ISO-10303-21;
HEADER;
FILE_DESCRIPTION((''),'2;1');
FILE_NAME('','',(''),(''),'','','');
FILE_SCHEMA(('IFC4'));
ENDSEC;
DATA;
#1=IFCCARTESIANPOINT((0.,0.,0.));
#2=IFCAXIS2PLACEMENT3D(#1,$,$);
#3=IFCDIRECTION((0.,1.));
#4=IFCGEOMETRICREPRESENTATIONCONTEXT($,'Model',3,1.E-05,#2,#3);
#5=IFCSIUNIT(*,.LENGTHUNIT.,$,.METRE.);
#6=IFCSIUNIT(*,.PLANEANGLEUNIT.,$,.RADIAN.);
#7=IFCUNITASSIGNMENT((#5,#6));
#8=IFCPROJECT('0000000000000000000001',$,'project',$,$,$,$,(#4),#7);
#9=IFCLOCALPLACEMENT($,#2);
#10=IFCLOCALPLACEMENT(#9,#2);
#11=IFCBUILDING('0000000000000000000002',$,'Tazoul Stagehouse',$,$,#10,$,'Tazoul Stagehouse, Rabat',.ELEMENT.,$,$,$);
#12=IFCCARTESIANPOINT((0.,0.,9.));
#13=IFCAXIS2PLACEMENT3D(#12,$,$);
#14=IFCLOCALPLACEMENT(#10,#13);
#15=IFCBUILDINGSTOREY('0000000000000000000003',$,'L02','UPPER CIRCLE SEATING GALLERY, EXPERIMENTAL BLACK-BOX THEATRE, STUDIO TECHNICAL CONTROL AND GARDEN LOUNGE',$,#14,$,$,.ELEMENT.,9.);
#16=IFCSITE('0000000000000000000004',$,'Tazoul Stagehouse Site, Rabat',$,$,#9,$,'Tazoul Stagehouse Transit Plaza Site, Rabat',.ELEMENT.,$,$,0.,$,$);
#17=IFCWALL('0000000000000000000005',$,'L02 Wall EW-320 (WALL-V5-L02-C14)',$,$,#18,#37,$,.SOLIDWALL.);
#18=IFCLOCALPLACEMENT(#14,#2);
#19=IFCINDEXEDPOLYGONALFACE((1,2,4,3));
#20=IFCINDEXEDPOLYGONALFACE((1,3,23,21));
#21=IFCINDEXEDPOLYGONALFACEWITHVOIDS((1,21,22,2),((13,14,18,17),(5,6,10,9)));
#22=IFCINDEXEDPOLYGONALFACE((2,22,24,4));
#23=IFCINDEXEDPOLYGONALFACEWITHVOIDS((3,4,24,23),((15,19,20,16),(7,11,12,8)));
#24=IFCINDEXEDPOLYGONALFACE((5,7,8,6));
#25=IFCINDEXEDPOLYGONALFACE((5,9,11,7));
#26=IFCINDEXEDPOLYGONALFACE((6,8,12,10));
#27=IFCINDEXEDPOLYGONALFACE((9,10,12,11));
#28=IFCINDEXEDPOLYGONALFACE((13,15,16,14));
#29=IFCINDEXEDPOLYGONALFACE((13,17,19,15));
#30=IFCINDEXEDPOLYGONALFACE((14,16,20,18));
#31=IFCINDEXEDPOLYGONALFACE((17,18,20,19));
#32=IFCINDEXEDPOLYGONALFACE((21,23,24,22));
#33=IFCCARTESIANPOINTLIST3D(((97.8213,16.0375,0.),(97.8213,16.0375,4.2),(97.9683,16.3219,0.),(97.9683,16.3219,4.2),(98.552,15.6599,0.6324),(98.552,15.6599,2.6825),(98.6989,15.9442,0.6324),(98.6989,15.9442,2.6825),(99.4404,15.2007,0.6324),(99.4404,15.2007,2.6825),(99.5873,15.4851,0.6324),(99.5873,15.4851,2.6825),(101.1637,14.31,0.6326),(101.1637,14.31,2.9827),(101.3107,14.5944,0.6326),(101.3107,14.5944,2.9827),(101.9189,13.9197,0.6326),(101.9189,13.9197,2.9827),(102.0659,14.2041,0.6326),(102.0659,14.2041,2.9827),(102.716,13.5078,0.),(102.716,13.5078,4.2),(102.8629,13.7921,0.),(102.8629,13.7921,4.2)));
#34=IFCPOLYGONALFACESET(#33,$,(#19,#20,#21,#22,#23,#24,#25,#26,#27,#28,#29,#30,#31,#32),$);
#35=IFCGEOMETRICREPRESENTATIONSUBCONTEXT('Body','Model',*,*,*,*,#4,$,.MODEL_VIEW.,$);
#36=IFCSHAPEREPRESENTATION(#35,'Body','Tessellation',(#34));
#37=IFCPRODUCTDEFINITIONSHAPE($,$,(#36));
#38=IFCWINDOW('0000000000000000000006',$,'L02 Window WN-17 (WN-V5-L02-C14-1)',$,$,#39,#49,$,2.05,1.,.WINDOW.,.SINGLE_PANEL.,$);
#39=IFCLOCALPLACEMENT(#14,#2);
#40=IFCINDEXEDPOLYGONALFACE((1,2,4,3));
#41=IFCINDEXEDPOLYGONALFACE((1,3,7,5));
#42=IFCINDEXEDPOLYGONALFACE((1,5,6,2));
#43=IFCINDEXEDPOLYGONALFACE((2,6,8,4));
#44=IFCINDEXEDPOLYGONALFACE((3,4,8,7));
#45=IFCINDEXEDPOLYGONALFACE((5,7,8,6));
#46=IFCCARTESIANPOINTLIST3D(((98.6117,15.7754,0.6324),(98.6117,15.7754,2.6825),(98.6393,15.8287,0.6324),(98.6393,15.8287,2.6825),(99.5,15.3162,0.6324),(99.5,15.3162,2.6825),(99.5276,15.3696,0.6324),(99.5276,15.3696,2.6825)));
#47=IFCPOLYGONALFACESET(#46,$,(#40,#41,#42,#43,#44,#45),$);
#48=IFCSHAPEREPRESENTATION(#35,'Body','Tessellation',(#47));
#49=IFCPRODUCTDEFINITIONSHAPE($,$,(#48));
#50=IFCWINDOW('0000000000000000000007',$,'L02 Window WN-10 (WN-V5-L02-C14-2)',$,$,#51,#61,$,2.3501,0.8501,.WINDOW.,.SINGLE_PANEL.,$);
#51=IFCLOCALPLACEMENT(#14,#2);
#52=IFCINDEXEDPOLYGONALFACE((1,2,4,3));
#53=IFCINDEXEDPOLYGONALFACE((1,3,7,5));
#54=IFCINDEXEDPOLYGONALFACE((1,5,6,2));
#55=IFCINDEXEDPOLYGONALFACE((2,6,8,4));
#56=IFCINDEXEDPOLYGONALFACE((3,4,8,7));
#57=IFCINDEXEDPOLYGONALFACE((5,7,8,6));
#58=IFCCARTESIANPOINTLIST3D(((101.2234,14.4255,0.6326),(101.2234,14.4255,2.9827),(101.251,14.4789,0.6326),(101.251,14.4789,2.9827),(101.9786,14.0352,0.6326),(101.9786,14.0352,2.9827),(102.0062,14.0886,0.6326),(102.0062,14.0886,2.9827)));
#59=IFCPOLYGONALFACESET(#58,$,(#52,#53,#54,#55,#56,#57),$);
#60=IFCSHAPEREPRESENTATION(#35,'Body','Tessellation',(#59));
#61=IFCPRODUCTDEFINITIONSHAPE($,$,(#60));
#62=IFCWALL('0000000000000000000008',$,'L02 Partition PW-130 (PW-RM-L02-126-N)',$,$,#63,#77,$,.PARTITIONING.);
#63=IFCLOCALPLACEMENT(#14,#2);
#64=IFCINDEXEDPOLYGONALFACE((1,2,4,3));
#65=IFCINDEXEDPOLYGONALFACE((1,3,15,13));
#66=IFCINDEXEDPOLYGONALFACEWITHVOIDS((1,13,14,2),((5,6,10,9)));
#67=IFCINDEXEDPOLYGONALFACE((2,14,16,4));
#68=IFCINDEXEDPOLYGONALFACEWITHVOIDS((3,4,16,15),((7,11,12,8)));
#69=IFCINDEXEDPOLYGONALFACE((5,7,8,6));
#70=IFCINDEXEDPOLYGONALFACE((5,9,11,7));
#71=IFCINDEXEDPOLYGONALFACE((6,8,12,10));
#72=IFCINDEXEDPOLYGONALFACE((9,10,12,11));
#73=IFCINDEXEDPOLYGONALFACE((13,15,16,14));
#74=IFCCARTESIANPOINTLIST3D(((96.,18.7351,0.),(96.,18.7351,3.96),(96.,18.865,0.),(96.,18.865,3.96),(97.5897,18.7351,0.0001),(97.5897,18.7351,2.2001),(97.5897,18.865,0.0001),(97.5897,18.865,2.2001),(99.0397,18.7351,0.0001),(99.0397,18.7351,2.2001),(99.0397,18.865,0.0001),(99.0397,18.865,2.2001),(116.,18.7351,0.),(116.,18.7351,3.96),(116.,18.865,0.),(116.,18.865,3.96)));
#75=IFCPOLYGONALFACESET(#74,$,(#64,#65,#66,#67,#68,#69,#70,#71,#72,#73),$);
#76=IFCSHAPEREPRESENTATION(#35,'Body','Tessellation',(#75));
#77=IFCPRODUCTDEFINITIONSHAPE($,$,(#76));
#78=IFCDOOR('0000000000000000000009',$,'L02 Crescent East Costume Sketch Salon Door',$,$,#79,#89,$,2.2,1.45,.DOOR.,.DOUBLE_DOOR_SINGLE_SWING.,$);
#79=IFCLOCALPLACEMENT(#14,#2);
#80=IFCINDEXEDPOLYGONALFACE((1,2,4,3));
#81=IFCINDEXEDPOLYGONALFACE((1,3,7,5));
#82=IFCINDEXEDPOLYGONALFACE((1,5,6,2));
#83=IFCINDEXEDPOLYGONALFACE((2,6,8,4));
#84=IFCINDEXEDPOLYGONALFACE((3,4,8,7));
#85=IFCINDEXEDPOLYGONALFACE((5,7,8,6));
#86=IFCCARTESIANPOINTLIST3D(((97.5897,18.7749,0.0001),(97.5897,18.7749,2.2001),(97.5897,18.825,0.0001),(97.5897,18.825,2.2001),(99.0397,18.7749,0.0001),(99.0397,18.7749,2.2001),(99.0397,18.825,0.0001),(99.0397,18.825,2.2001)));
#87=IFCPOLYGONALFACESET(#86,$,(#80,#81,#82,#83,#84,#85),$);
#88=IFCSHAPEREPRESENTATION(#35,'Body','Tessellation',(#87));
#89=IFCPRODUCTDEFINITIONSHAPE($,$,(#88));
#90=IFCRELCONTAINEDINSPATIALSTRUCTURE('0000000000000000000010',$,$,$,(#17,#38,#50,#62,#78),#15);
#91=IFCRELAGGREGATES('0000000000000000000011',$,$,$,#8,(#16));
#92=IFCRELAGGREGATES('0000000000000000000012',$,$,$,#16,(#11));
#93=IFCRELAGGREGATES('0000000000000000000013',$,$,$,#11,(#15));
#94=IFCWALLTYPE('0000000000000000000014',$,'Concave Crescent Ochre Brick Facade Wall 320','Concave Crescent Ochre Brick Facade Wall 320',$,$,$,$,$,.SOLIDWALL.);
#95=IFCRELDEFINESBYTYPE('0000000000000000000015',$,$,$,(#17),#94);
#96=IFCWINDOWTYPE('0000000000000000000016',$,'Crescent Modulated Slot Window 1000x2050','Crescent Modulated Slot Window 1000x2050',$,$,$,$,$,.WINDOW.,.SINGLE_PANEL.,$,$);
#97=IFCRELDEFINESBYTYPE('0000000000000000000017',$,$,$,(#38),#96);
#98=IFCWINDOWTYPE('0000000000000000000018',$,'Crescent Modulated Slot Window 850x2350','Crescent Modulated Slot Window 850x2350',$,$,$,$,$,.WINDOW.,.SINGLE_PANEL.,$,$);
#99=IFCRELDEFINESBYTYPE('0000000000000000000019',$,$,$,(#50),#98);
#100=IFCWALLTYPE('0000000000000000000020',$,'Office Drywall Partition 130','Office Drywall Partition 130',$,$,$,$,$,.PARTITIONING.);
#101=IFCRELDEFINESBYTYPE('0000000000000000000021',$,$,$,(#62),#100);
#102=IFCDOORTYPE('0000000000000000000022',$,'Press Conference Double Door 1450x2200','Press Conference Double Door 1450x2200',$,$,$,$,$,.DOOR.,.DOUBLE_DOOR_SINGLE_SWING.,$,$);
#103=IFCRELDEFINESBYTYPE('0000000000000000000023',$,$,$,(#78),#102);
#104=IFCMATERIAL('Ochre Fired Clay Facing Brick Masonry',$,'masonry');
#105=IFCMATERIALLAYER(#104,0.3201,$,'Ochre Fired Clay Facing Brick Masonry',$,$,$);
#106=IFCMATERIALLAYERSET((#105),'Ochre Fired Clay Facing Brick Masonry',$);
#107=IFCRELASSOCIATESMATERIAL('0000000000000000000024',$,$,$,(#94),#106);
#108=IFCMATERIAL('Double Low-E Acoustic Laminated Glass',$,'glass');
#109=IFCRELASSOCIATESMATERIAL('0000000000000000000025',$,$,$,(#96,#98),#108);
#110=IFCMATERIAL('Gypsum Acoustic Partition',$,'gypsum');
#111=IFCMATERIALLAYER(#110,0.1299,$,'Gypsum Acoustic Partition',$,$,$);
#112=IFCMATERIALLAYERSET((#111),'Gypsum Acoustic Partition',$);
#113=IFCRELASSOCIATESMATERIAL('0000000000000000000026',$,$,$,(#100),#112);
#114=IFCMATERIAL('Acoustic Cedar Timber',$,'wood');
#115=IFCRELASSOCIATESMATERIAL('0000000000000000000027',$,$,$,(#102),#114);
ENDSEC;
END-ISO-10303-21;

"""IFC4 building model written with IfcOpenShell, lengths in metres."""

from ifc_helpers import new_model, si_unit, direction, frame, frame_2d, origin, place, context, subcontext, project, spatial, rectangle, extrude, material, layer, layer_set, type_object, element, fill, save


model = new_model("IFC4")

# Units and contexts
model_context = context("Model", 3, precision=1e-05, world=origin(), true_north=direction((0.0, 1.0)))
body_context = subcontext(model_context, "Body", "Model", "MODEL_VIEW")
ifc_project = project(units=[si_unit("LENGTHUNIT", "METRE"), si_unit("PLANEANGLEUNIT", "RADIAN")], contexts=[model_context])

# Site, building, storey
site_placement = place(None, origin())
site = spatial("IfcSite", under=ifc_project, at=site_placement, Name="Tazoul Stagehouse Site, Rabat", LongName="Tazoul Stagehouse Transit Plaza Site, Rabat", CompositionType="ELEMENT", RefElevation=0.0)
building_placement = place(site_placement, origin())
building = spatial("IfcBuilding", under=site, at=building_placement, Name="Tazoul Stagehouse", LongName="Tazoul Stagehouse, Rabat", CompositionType="ELEMENT")
storey_placement = place(building_placement, frame((0.0, 0.0, 9.0)))
storey = spatial("IfcBuildingStorey", under=building, at=storey_placement, Name="L02", Description="UPPER CIRCLE SEATING GALLERY, EXPERIMENTAL BLACK-BOX THEATRE, STUDIO TECHNICAL CONTROL AND GARDEN LOUNGE", CompositionType="ELEMENT", Elevation=9.0)

# Wall, openings, windows
ifc_material_1 = material(Name="Ochre Fired Clay Facing Brick Masonry", Category="masonry")
ifc_layer_1 = layer(ifc_material_1, 0.3201, Name="Ochre Fired Clay Facing Brick Masonry")
ifc_layer_set_1 = layer_set([ifc_layer_1], Name="Ochre Fired Clay Facing Brick Masonry")
wall_type_1 = type_object("IfcWallType", Name="Concave Crescent Ochre Brick Facade Wall 320", Description="Concave Crescent Ochre Brick Facade Wall 320", PredefinedType="SOLIDWALL", material=ifc_layer_set_1)
ifc_material_2 = material(Name="Double Low-E Acoustic Laminated Glass", Category="glass")
wall_1_placement = place(storey_placement, frame((97.8948, 16.1797, 0.0), z_axis=(0.0, 0.0, 1.0), x_axis=(0.888365, -0.459137, 0.0)))
wall_1 = element("IfcWall", 1, at=wall_1_placement, inside=storey, type_object=wall_type_1, Name="L02 Wall EW-320 (WALL-V5-L02-C14)", PredefinedType="SOLIDWALL", context=body_context, shape_type="SweptSolid", body=[
    extrude(rectangle(XDim=5.5098, YDim=0.3201, at=frame_2d((2.7549, 0.0))), origin(), (0.0, 0.0, 1.0), 4.2),
])
opening_1_placement = place(wall_1_placement, frame((0.8225, 0.0, 0.6326)))
opening_1 = element("IfcOpeningElement", 2, at=opening_1_placement, cuts=wall_1, PredefinedType="OPENING", context=body_context, shape_type="SweptSolid", body=[
    extrude(rectangle(XDim=1.0, YDim=2.05, at=frame_2d((0.5, 1.0249))), frame((0.0, 0.1799, 0.0), z_axis=(0.0, -1.0, 0.0), x_axis=(1.0, 0.0, 0.0)), (0.0, 0.0, 1.0), 0.3601),
])
opening_2_placement = place(wall_1_placement, frame((3.7625, 0.0, 0.6326)))
opening_2 = element("IfcOpeningElement", 3, at=opening_2_placement, cuts=wall_1, PredefinedType="OPENING", context=body_context, shape_type="SweptSolid", body=[
    extrude(rectangle(XDim=0.8501, YDim=2.3501, at=frame_2d((0.425, 1.175))), frame((0.0, 0.1799, 0.0), z_axis=(0.0, -1.0, 0.0), x_axis=(1.0, 0.0, 0.0)), (0.0, 0.0, 1.0), 0.3601),
])
window_type_1 = type_object("IfcWindowType", Name="Crescent Modulated Slot Window 1000x2050", Description="Crescent Modulated Slot Window 1000x2050", PartitioningType="SINGLE_PANEL", PredefinedType="WINDOW", material=ifc_material_2)
window_1_placement = place(opening_1_placement, origin())
window_1 = element("IfcWindow", 4, at=window_1_placement, inside=storey, type_object=window_type_1, Name="L02 Window WN-17 (WN-V5-L02-C14-1)", OverallHeight=2.05, OverallWidth=1.0, PartitioningType="SINGLE_PANEL", PredefinedType="WINDOW", context=body_context, shape_type="SweptSolid", body=[
    extrude(rectangle(XDim=1.0, YDim=2.05, at=frame_2d((0.5, 1.0249))), frame((0.0, 0.03, 0.0), z_axis=(0.0, -1.0, 0.0), x_axis=(1.0, 0.0, 0.0)), (0.0, 0.0, 1.0), 0.0601),
])
fill(opening_1, window_1)
window_type_2 = type_object("IfcWindowType", Name="Crescent Modulated Slot Window 850x2350", Description="Crescent Modulated Slot Window 850x2350", PartitioningType="SINGLE_PANEL", PredefinedType="WINDOW", material=ifc_material_2)
window_2_placement = place(opening_2_placement, origin())
window_2 = element("IfcWindow", 5, at=window_2_placement, inside=storey, type_object=window_type_2, Name="L02 Window WN-10 (WN-V5-L02-C14-2)", OverallHeight=2.3501, OverallWidth=0.8501, PartitioningType="SINGLE_PANEL", PredefinedType="WINDOW", context=body_context, shape_type="SweptSolid", body=[
    extrude(rectangle(XDim=0.8501, YDim=2.3501, at=frame_2d((0.425, 1.175))), frame((0.0, 0.03, 0.0), z_axis=(0.0, -1.0, 0.0), x_axis=(1.0, 0.0, 0.0)), (0.0, 0.0, 1.0), 0.0601),
])
fill(opening_2, window_2)

# Wall, opening, door
ifc_material_3 = material(Name="Gypsum Acoustic Partition", Category="gypsum")
ifc_layer_2 = layer(ifc_material_3, 0.1299, Name="Gypsum Acoustic Partition")
ifc_layer_set_2 = layer_set([ifc_layer_2], Name="Gypsum Acoustic Partition")
wall_type_2 = type_object("IfcWallType", Name="Office Drywall Partition 130", Description="Office Drywall Partition 130", PredefinedType="PARTITIONING", material=ifc_layer_set_2)
wall_2_placement = place(storey_placement, frame((96.0, 18.8, 0.0), z_axis=(0.0, 0.0, 1.0), x_axis=(1.0, 0.0, 0.0)))
wall_2 = element("IfcWall", 6, at=wall_2_placement, inside=storey, type_object=wall_type_2, Name="L02 Partition PW-130 (PW-RM-L02-126-N)", PredefinedType="PARTITIONING", context=body_context, shape_type="SweptSolid", body=[
    extrude(rectangle(XDim=20.0, YDim=0.1299, at=frame_2d((10.0, 0.0))), origin(), (0.0, 0.0, 1.0), 3.96),
])
opening_3_placement = place(wall_2_placement, frame((1.5896, 0.0, 0.0)))
opening_3 = element("IfcOpeningElement", 7, at=opening_3_placement, cuts=wall_2, PredefinedType="OPENING", context=body_context, shape_type="SweptSolid", body=[
    extrude(rectangle(XDim=1.45, YDim=2.2, at=frame_2d((0.7251, 1.1001))), frame((0.0, 0.085, 0.0), z_axis=(0.0, -1.0, 0.0), x_axis=(1.0, 0.0, 0.0)), (0.0, 0.0, 1.0), 0.1699),
])
ifc_material_4 = material(Name="Acoustic Cedar Timber", Category="wood")
door_type = type_object("IfcDoorType", Name="Press Conference Double Door 1450x2200", Description="Press Conference Double Door 1450x2200", OperationType="DOUBLE_DOOR_SINGLE_SWING", PredefinedType="DOOR", material=ifc_material_4)
door_placement = place(opening_3_placement, origin())
door = element("IfcDoor", 8, at=door_placement, inside=storey, type_object=door_type, Name="L02 Crescent East Costume Sketch Salon Door", OperationType="DOUBLE_DOOR_SINGLE_SWING", OverallHeight=2.2, OverallWidth=1.45, PredefinedType="DOOR", context=body_context, shape_type="SweptSolid", body=[
    extrude(rectangle(XDim=1.45, YDim=2.2, at=frame_2d((0.7251, 1.1001))), frame((0.0, 0.0249, 0.0), z_axis=(0.0, -1.0, 0.0), x_axis=(1.0, 0.0, 0.0)), (0.0, 0.0, 1.0), 0.05),
])
fill(opening_3, door)

save(model, "model.ifc")
